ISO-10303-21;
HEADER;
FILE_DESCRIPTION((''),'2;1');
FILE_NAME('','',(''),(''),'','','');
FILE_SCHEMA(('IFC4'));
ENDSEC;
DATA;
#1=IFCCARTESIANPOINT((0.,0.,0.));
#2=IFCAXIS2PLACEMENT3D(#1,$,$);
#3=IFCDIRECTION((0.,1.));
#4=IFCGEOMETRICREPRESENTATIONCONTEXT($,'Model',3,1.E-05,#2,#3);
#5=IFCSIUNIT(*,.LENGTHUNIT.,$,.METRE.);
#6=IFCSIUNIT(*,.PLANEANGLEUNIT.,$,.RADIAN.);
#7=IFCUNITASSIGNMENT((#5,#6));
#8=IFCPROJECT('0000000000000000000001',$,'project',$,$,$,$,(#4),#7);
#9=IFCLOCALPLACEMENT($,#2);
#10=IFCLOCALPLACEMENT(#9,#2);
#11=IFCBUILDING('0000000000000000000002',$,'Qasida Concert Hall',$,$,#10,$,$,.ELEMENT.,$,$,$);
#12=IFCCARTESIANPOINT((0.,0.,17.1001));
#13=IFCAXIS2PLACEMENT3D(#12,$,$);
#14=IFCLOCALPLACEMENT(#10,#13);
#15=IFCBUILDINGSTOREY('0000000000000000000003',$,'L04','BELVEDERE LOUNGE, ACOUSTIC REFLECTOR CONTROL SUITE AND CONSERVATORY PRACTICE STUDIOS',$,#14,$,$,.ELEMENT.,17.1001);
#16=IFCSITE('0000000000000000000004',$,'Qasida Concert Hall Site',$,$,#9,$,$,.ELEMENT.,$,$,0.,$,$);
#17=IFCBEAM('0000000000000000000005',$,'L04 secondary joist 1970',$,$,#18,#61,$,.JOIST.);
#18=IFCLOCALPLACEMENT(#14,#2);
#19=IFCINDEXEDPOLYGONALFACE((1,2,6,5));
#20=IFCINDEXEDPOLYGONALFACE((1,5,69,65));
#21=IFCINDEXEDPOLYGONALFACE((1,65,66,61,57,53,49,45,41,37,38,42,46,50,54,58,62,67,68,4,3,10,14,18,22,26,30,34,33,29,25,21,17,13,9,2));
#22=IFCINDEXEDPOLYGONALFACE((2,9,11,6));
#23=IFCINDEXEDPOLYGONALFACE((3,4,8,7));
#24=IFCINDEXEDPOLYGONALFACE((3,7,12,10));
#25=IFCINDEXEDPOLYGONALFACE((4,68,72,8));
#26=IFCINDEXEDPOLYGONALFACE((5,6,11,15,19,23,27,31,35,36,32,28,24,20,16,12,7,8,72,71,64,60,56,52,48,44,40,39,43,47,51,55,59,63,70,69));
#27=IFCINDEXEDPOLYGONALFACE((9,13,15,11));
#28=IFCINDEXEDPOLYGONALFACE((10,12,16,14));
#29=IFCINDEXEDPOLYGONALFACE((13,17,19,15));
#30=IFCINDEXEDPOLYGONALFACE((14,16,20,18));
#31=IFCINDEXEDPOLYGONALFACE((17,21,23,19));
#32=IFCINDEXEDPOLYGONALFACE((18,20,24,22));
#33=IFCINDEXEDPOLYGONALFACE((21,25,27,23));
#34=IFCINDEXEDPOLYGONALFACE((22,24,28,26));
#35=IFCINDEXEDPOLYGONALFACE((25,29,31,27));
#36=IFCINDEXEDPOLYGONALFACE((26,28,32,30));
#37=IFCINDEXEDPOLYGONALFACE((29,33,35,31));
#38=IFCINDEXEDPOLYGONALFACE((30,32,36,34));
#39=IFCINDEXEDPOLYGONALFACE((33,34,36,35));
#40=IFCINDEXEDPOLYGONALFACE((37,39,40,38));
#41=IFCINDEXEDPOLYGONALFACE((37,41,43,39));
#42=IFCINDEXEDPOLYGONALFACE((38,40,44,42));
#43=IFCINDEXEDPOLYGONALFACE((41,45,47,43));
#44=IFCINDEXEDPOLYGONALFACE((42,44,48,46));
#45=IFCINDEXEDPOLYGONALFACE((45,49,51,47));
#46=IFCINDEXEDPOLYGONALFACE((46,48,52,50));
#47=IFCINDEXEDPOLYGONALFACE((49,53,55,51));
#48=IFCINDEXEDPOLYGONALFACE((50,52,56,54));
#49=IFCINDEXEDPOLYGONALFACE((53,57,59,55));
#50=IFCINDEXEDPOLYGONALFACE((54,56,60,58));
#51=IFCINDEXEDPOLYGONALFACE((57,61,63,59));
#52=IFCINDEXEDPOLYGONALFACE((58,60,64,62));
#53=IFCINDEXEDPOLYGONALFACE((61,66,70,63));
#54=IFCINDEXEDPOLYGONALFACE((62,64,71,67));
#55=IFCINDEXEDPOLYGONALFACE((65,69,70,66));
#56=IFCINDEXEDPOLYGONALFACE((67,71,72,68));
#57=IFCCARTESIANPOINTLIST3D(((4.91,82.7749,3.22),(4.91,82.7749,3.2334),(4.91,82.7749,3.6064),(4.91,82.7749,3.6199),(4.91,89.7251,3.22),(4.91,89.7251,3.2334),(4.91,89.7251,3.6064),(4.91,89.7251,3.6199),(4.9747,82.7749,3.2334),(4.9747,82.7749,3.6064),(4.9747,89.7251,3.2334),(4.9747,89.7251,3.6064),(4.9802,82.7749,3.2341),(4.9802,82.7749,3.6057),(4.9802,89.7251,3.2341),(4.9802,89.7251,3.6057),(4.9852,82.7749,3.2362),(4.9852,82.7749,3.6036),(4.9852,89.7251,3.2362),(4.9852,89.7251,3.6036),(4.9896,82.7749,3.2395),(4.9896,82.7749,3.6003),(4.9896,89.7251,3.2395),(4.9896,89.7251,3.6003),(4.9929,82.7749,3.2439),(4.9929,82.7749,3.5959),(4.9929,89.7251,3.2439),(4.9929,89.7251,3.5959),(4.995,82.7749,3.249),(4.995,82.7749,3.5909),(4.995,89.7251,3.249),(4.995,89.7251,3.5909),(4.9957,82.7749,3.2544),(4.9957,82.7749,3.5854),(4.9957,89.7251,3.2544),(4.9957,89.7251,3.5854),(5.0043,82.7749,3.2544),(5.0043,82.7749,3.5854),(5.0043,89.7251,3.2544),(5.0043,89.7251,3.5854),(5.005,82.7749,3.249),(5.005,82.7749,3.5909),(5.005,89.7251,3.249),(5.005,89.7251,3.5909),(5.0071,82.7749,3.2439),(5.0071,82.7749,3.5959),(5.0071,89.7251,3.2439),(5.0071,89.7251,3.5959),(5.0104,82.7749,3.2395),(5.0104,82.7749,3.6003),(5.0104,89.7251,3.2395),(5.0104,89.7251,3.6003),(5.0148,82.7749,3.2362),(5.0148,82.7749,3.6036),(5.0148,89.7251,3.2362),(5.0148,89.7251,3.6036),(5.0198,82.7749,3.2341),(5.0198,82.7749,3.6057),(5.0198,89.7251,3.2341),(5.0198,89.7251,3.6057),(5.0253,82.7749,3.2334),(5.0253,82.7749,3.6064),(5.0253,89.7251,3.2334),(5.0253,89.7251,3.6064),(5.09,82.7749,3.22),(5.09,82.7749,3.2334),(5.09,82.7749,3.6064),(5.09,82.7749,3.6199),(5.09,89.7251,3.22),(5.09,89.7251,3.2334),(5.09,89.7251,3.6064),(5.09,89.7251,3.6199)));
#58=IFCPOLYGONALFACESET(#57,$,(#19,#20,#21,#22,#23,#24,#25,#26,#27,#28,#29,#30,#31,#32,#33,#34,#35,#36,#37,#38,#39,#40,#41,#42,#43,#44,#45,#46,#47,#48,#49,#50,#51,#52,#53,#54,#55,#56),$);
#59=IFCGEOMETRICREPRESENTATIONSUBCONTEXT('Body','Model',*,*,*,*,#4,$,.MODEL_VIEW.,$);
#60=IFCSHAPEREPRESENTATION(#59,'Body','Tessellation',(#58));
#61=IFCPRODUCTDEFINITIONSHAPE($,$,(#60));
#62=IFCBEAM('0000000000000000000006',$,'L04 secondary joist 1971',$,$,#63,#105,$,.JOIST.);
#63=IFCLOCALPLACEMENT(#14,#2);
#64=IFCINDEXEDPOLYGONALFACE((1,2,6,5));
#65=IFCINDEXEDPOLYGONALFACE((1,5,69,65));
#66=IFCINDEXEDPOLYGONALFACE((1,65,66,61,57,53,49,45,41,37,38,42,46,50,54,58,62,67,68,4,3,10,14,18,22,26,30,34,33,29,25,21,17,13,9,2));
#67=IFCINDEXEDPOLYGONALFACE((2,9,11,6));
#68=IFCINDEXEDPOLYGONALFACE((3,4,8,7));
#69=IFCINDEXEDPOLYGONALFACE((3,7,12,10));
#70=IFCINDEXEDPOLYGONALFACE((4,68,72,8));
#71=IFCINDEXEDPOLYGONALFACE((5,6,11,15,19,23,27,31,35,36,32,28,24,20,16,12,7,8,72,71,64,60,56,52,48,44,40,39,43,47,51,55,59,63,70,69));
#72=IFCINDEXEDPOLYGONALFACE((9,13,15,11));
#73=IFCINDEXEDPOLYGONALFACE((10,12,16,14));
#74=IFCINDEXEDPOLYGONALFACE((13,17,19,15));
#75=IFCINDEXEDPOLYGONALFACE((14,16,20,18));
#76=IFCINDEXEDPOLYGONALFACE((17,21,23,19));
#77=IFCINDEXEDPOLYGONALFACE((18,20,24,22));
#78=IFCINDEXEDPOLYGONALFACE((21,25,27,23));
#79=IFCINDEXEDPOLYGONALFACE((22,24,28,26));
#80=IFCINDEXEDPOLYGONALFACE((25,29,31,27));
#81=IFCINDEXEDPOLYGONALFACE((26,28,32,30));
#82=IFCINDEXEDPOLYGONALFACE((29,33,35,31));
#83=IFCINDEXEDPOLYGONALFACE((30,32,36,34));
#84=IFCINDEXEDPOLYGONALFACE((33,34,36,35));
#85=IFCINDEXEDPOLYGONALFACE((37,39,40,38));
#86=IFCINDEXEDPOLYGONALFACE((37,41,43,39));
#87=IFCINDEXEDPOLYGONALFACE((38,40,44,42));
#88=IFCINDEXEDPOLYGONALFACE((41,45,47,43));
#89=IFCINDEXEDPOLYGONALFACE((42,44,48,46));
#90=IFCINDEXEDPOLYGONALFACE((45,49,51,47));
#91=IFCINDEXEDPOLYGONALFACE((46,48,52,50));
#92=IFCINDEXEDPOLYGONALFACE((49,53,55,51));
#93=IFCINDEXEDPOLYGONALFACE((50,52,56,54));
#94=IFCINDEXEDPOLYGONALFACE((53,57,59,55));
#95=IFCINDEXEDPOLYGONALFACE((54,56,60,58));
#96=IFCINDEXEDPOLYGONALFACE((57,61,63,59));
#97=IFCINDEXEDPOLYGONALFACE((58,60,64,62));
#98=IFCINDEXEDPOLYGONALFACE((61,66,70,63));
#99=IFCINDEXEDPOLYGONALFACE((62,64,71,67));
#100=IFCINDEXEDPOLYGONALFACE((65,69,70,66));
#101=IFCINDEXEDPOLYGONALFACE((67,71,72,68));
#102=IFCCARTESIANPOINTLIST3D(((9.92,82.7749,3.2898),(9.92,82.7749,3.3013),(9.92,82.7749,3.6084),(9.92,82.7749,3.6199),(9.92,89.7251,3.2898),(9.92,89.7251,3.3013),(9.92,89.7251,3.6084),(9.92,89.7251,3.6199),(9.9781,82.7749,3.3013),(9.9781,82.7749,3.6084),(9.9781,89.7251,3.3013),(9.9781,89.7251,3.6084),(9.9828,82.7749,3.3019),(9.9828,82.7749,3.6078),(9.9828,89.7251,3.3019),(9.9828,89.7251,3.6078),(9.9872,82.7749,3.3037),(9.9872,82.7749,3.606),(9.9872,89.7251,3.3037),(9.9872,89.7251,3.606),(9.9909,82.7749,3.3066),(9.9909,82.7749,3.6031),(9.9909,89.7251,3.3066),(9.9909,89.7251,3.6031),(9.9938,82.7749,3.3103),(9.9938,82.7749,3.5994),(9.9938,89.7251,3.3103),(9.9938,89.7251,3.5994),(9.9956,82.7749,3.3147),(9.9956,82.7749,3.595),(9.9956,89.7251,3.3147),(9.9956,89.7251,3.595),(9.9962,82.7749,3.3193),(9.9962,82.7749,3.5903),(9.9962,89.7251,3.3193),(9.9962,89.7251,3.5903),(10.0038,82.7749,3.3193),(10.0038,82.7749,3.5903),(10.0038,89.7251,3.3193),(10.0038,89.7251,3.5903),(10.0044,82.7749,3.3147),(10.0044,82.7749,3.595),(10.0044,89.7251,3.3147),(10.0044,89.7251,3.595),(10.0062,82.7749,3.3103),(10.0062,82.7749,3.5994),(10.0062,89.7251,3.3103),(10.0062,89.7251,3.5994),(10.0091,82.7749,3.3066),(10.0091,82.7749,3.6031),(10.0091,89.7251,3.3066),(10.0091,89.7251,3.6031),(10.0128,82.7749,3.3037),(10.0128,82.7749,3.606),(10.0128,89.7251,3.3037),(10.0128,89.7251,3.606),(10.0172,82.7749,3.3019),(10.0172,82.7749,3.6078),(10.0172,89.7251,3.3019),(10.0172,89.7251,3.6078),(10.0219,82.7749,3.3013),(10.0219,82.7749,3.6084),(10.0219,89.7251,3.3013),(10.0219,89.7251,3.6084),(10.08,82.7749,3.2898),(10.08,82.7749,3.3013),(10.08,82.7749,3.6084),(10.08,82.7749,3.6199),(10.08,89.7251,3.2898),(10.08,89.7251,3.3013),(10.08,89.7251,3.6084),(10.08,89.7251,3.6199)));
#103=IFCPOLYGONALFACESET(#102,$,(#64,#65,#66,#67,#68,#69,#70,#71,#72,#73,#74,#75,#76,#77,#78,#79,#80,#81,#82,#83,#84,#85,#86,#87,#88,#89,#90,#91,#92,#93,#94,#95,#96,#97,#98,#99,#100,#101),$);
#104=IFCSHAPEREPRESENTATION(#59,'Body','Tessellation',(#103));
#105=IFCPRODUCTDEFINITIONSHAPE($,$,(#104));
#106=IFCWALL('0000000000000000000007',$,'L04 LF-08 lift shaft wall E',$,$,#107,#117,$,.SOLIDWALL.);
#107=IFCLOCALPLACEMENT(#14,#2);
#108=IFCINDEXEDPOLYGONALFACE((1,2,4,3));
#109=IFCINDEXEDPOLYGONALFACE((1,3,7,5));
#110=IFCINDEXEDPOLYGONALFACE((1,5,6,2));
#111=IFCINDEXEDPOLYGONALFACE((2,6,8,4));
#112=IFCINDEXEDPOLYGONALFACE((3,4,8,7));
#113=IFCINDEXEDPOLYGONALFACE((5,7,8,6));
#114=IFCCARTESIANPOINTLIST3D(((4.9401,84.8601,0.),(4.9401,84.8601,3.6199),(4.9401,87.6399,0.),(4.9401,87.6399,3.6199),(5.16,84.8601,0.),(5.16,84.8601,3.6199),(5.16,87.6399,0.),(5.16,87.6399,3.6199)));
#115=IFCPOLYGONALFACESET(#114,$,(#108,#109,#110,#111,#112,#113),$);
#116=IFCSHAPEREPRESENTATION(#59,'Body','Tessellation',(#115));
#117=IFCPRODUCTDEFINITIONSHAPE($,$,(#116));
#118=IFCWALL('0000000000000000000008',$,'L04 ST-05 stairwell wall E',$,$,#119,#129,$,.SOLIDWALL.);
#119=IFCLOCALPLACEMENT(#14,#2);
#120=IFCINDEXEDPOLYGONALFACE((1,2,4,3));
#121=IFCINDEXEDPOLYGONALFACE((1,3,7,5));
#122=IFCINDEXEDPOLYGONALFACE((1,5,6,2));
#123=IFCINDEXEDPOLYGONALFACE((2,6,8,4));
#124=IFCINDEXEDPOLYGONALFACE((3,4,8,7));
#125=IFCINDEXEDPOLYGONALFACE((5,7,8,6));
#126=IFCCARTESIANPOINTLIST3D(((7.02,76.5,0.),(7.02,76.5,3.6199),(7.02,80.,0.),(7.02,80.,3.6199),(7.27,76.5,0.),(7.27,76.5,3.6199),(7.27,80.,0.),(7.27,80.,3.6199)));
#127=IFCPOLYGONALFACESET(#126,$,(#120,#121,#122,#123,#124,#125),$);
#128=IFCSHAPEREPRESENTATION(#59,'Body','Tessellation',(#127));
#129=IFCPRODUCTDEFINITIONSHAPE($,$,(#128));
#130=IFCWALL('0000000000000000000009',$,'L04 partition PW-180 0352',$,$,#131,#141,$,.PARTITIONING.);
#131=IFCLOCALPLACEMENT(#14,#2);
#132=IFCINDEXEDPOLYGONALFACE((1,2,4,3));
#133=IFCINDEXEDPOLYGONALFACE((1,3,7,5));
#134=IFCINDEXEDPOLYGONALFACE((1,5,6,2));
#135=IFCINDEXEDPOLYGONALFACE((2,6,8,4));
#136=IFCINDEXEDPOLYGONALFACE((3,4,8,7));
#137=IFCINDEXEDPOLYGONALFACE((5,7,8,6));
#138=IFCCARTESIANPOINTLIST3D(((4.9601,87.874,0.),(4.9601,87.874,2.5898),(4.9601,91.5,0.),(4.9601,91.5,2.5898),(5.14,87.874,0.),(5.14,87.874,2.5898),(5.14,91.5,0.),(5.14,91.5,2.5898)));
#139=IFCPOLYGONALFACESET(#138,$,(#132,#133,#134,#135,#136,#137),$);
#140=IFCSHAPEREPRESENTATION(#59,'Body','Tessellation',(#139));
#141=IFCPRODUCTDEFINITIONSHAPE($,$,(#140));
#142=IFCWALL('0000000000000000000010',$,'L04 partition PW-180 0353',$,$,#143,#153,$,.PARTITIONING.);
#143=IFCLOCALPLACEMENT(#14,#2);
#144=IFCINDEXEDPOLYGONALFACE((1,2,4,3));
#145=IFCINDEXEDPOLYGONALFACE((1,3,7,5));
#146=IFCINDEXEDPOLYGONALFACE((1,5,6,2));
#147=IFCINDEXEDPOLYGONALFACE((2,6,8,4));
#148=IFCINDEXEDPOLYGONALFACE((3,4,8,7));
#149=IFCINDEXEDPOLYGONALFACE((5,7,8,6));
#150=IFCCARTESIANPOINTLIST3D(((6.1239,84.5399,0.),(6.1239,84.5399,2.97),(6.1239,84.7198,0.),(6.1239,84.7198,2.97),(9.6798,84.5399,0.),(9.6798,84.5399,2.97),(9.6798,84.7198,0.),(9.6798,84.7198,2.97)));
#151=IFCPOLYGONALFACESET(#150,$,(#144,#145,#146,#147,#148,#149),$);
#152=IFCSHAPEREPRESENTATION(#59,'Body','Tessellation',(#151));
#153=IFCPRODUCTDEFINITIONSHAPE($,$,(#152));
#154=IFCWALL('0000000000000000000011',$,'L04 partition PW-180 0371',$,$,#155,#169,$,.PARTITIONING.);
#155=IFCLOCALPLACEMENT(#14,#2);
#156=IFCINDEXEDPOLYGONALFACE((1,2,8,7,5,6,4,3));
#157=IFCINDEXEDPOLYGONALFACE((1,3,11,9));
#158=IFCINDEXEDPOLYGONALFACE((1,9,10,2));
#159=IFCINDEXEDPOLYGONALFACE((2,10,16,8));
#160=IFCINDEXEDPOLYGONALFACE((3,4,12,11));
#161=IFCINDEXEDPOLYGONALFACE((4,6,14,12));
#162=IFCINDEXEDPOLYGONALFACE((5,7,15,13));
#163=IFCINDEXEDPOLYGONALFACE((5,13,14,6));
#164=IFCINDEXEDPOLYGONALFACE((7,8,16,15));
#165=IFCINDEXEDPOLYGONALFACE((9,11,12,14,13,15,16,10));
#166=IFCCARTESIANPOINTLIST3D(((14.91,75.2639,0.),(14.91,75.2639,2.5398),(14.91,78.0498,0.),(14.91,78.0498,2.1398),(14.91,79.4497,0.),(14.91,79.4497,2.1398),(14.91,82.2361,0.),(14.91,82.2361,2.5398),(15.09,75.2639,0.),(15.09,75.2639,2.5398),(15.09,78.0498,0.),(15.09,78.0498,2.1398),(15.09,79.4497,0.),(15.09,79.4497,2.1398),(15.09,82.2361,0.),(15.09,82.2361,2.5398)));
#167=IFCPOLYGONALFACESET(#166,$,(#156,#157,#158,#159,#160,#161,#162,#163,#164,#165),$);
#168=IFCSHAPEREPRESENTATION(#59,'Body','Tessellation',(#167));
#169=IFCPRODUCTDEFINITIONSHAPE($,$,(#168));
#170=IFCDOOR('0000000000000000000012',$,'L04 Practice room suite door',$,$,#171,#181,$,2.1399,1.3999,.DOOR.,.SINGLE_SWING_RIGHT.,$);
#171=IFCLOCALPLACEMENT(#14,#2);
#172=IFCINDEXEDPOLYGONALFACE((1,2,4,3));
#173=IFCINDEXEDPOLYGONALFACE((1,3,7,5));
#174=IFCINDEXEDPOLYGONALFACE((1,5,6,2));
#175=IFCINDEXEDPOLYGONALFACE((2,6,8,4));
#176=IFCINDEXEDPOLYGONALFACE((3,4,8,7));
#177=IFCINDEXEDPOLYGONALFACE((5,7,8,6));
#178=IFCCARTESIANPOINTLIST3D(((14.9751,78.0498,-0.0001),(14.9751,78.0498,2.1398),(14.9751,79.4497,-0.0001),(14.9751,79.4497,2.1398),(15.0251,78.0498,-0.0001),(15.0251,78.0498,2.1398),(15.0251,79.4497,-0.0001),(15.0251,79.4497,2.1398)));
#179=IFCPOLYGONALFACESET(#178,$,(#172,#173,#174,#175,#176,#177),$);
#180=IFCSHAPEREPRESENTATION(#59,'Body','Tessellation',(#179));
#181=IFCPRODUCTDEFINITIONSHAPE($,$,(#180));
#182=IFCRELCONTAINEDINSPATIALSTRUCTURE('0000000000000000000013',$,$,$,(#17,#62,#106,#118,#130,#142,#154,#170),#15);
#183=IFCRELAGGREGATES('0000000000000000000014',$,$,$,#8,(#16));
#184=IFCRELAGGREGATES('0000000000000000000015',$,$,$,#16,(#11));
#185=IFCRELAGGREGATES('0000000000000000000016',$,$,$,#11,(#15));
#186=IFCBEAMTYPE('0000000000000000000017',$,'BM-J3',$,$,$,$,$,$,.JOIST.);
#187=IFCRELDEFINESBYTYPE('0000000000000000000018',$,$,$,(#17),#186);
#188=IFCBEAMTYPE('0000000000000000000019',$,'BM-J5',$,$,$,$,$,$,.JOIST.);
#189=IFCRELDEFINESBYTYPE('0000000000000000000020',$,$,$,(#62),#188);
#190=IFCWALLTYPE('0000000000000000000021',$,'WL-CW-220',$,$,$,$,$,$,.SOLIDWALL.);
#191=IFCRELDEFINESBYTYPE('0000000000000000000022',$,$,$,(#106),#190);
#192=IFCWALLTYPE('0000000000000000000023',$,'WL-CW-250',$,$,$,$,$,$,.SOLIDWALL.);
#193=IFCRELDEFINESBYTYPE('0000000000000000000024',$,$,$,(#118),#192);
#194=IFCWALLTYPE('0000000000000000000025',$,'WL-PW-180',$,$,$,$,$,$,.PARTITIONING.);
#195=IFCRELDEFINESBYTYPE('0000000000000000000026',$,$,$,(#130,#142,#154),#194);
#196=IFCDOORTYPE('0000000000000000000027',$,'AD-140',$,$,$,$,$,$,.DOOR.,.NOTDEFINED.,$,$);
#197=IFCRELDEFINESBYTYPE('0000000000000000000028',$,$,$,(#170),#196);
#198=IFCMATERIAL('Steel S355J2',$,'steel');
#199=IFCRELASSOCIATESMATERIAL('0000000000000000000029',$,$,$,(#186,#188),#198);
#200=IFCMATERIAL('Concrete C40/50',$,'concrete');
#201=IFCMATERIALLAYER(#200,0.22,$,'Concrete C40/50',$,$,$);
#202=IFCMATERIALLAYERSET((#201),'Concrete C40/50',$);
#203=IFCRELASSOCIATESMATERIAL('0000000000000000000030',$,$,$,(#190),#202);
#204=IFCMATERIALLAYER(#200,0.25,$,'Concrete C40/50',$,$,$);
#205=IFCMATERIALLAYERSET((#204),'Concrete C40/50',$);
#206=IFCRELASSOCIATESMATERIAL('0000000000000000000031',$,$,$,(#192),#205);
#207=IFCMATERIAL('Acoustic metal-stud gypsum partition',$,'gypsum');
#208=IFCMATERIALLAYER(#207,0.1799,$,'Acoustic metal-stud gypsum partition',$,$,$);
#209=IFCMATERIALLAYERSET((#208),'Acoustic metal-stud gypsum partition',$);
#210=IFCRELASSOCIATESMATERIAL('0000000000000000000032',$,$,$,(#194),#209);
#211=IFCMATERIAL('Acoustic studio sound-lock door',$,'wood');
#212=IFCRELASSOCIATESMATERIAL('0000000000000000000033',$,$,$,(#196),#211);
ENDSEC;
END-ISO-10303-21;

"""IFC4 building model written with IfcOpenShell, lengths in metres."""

from ifc_helpers import new_model, si_unit, direction, frame, frame_2d, origin, origin_2d, place, context, subcontext, project, spatial, rectangle, i_section, extrude, material, layer, layer_set, material_profile, profile_set, type_object, element, fill, save


model = new_model("IFC4")

# Units and contexts
model_context = context("Model", 3, precision=1e-05, world=origin(), true_north=direction((0.0, 1.0)))
body_context = subcontext(model_context, "Body", "Model", "MODEL_VIEW")
ifc_project = project(units=[si_unit("LENGTHUNIT", "METRE"), si_unit("PLANEANGLEUNIT", "RADIAN")], contexts=[model_context])

# Site, building, storey
site_placement = place(None, origin())
site = spatial("IfcSite", under=ifc_project, at=site_placement, Name="Qasida Concert Hall Site", CompositionType="ELEMENT", RefElevation=0.0)
building_placement = place(site_placement, origin())
building = spatial("IfcBuilding", under=site, at=building_placement, Name="Qasida Concert Hall", CompositionType="ELEMENT")
storey_placement = place(building_placement, frame((0.0, 0.0, 17.1001)))
storey = spatial("IfcBuildingStorey", under=building, at=storey_placement, Name="L04", Description="BELVEDERE LOUNGE, ACOUSTIC REFLECTOR CONTROL SUITE AND CONSERVATORY PRACTICE STUDIOS", CompositionType="ELEMENT", Elevation=17.1001)

# Beams
ifc_material_1 = material(Name="Concrete C40/50", Category="concrete")
ifc_material_2 = material(Name="Steel S355J2", Category="steel")
ifc_material_profile_1 = material_profile(ifc_material_2, i_section(OverallWidth=0.1799, OverallDepth=0.3999, WebThickness=0.0085, FlangeThickness=0.0134, FilletRadius=0.021, at=origin_2d()), Name="IPE 400")
ifc_profile_set_1 = profile_set([ifc_material_profile_1], Name="Steel S355J2")
beam_type_1 = type_object("IfcBeamType", Name="BM-J3", PredefinedType="JOIST", material=ifc_profile_set_1)
for number, where, z_axis, x_axis, name in (
    (1, (5.0, 82.7749, 3.4199), (0.0, 1.0, 0.0), (-1.0, 0.0, 0.0), "L04 secondary joist 1970"),
):
    element("IfcBeam", number, at=place(storey_placement, frame(where, z_axis=z_axis, x_axis=x_axis)), inside=storey, type_object=beam_type_1, Name=name, PredefinedType="JOIST", context=body_context, shape_type="SweptSolid", body=[
        extrude(i_section(OverallWidth=0.1799, OverallDepth=0.3999, WebThickness=0.0085, FlangeThickness=0.0134, FilletRadius=0.021, at=origin_2d()), origin(), (0.0, 0.0, 1.0), 6.9502),
    ])
ifc_material_profile_2 = material_profile(ifc_material_2, i_section(OverallWidth=0.1599, OverallDepth=0.3301, WebThickness=0.0076, FlangeThickness=0.0115, FilletRadius=0.0181, at=origin_2d()), Name="IPE 330")
ifc_profile_set_2 = profile_set([ifc_material_profile_2], Name="Steel S355J2")
beam_type_2 = type_object("IfcBeamType", Name="BM-J5", PredefinedType="JOIST", material=ifc_profile_set_2)
beam_1_placement = place(storey_placement, frame((10.0, 82.7749, 3.4548), z_axis=(0.0, 1.0, 0.0), x_axis=(-1.0, 0.0, 0.0)))
element("IfcBeam", 2, at=beam_1_placement, inside=storey, type_object=beam_type_2, Name="L04 secondary joist 1971", PredefinedType="JOIST", context=body_context, shape_type="SweptSolid", body=[
    extrude(i_section(OverallWidth=0.1599, OverallDepth=0.3301, WebThickness=0.0076, FlangeThickness=0.0115, FilletRadius=0.0181, at=origin_2d()), origin(), (0.0, 0.0, 1.0), 6.9502),
])

# Wall
ifc_layer_1 = layer(ifc_material_1, 0.22, Name="Concrete C40/50")
ifc_layer_set_1 = layer_set([ifc_layer_1], Name="Concrete C40/50")
wall_type_1 = type_object("IfcWallType", Name="WL-CW-220", PredefinedType="SOLIDWALL", material=ifc_layer_set_1)
wall_1_placement = place(storey_placement, frame((5.05, 84.8601, 0.0), z_axis=(0.0, 0.0, 1.0), x_axis=(0.0, 1.0, 0.0)))
element("IfcWall", 3, at=wall_1_placement, inside=storey, type_object=wall_type_1, Name="L04 LF-08 lift shaft wall E", PredefinedType="SOLIDWALL", context=body_context, shape_type="SweptSolid", body=[
    extrude(rectangle(XDim=2.7798, YDim=0.22, at=frame_2d((1.3899, 0.0))), origin(), (0.0, 0.0, 1.0), 3.6199),
])

# Walls
ifc_layer_2 = layer(ifc_material_1, 0.25, Name="Concrete C40/50")
ifc_layer_set_2 = layer_set([ifc_layer_2], Name="Concrete C40/50")
wall_type_2 = type_object("IfcWallType", Name="WL-CW-250", PredefinedType="SOLIDWALL", material=ifc_layer_set_2)
wall_2_placement = place(storey_placement, frame((7.145, 76.5, 0.0), z_axis=(0.0, 0.0, 1.0), x_axis=(0.0, 1.0, 0.0)))
element("IfcWall", 4, at=wall_2_placement, inside=storey, type_object=wall_type_2, Name="L04 ST-05 stairwell wall E", PredefinedType="SOLIDWALL", context=body_context, shape_type="SweptSolid", body=[
    extrude(rectangle(XDim=3.5, YDim=0.25, at=frame_2d((1.75, 0.0))), origin(), (0.0, 0.0, 1.0), 3.6199),
])
ifc_material_3 = material(Name="Acoustic metal-stud gypsum partition", Category="gypsum")
ifc_layer_3 = layer(ifc_material_3, 0.1799, Name="Acoustic metal-stud gypsum partition")
ifc_layer_set_3 = layer_set([ifc_layer_3], Name="Acoustic metal-stud gypsum partition")
wall_type_3 = type_object("IfcWallType", Name="WL-PW-180", PredefinedType="PARTITIONING", material=ifc_layer_set_3)
wall_3_placement = place(storey_placement, frame((5.05, 87.874, 0.0), z_axis=(0.0, 0.0, 1.0), x_axis=(0.0, 1.0, 0.0)))
element("IfcWall", 5, at=wall_3_placement, inside=storey, type_object=wall_type_3, Name="L04 partition PW-180 0352", PredefinedType="PARTITIONING", context=body_context, shape_type="SweptSolid", body=[
    extrude(rectangle(XDim=3.626, YDim=0.1799, at=frame_2d((1.813, 0.0))), origin(), (0.0, 0.0, 1.0), 2.5898),
])
wall_4_placement = place(storey_placement, frame((6.124, 84.6299, 0.0), z_axis=(0.0, 0.0, 1.0), x_axis=(1.0, 0.0, 0.0)))
element("IfcWall", 6, at=wall_4_placement, inside=storey, type_object=wall_type_3, Name="L04 partition PW-180 0353", PredefinedType="PARTITIONING", context=body_context, shape_type="SweptSolid", body=[
    extrude(rectangle(XDim=3.5559, YDim=0.1799, at=frame_2d((1.7778, 0.0))), origin(), (0.0, 0.0, 1.0), 2.97),
])

# Wall, opening, door
wall_5_placement = place(storey_placement, frame((15.0, 75.2639, 0.0), z_axis=(0.0, 0.0, 1.0), x_axis=(0.0, 1.0, 0.0)))
wall_5 = element("IfcWall", 7, at=wall_5_placement, inside=storey, type_object=wall_type_3, Name="L04 partition PW-180 0371", PredefinedType="PARTITIONING", context=body_context, shape_type="SweptSolid", body=[
    extrude(rectangle(XDim=6.9722, YDim=0.1799, at=frame_2d((3.4861, 0.0))), origin(), (0.0, 0.0, 1.0), 2.5398),
])
opening_1_placement = place(wall_5_placement, frame((2.7859, 0.0, 0.0)))
opening_1 = element("IfcOpeningElement", 8, at=opening_1_placement, cuts=wall_5, PredefinedType="OPENING", context=body_context, shape_type="SweptSolid", body=[
    extrude(rectangle(XDim=1.3999, YDim=2.1399, at=frame_2d((0.7, 1.0698))), frame((0.0, 0.0999, 0.0), z_axis=(0.0, -1.0, 0.0), x_axis=(1.0, 0.0, 0.0)), (0.0, 0.0, 1.0), 0.2),
])
ifc_material_4 = material(Name="Acoustic studio sound-lock door", Category="wood")
door_type_1 = type_object("IfcDoorType", Name="AD-140", OperationType="NOTDEFINED", PredefinedType="DOOR", material=ifc_material_4)
door_1_placement = place(opening_1_placement, origin())
door_1 = element("IfcDoor", 9, at=door_1_placement, inside=storey, type_object=door_type_1, Name="L04 Practice room suite door", OperationType="SINGLE_SWING_RIGHT", OverallHeight=2.1399, OverallWidth=1.3999, PredefinedType="DOOR", context=body_context, shape_type="SweptSolid", body=[
    extrude(rectangle(XDim=1.3999, YDim=2.1399, at=frame_2d((0.7, 1.0698))), frame((0.0, 0.0249, 0.0), z_axis=(0.0, -1.0, 0.0), x_axis=(1.0, 0.0, 0.0)), (0.0, 0.0, 1.0), 0.05),
])
fill(opening_1, door_1)

save(model, "model.ifc")
